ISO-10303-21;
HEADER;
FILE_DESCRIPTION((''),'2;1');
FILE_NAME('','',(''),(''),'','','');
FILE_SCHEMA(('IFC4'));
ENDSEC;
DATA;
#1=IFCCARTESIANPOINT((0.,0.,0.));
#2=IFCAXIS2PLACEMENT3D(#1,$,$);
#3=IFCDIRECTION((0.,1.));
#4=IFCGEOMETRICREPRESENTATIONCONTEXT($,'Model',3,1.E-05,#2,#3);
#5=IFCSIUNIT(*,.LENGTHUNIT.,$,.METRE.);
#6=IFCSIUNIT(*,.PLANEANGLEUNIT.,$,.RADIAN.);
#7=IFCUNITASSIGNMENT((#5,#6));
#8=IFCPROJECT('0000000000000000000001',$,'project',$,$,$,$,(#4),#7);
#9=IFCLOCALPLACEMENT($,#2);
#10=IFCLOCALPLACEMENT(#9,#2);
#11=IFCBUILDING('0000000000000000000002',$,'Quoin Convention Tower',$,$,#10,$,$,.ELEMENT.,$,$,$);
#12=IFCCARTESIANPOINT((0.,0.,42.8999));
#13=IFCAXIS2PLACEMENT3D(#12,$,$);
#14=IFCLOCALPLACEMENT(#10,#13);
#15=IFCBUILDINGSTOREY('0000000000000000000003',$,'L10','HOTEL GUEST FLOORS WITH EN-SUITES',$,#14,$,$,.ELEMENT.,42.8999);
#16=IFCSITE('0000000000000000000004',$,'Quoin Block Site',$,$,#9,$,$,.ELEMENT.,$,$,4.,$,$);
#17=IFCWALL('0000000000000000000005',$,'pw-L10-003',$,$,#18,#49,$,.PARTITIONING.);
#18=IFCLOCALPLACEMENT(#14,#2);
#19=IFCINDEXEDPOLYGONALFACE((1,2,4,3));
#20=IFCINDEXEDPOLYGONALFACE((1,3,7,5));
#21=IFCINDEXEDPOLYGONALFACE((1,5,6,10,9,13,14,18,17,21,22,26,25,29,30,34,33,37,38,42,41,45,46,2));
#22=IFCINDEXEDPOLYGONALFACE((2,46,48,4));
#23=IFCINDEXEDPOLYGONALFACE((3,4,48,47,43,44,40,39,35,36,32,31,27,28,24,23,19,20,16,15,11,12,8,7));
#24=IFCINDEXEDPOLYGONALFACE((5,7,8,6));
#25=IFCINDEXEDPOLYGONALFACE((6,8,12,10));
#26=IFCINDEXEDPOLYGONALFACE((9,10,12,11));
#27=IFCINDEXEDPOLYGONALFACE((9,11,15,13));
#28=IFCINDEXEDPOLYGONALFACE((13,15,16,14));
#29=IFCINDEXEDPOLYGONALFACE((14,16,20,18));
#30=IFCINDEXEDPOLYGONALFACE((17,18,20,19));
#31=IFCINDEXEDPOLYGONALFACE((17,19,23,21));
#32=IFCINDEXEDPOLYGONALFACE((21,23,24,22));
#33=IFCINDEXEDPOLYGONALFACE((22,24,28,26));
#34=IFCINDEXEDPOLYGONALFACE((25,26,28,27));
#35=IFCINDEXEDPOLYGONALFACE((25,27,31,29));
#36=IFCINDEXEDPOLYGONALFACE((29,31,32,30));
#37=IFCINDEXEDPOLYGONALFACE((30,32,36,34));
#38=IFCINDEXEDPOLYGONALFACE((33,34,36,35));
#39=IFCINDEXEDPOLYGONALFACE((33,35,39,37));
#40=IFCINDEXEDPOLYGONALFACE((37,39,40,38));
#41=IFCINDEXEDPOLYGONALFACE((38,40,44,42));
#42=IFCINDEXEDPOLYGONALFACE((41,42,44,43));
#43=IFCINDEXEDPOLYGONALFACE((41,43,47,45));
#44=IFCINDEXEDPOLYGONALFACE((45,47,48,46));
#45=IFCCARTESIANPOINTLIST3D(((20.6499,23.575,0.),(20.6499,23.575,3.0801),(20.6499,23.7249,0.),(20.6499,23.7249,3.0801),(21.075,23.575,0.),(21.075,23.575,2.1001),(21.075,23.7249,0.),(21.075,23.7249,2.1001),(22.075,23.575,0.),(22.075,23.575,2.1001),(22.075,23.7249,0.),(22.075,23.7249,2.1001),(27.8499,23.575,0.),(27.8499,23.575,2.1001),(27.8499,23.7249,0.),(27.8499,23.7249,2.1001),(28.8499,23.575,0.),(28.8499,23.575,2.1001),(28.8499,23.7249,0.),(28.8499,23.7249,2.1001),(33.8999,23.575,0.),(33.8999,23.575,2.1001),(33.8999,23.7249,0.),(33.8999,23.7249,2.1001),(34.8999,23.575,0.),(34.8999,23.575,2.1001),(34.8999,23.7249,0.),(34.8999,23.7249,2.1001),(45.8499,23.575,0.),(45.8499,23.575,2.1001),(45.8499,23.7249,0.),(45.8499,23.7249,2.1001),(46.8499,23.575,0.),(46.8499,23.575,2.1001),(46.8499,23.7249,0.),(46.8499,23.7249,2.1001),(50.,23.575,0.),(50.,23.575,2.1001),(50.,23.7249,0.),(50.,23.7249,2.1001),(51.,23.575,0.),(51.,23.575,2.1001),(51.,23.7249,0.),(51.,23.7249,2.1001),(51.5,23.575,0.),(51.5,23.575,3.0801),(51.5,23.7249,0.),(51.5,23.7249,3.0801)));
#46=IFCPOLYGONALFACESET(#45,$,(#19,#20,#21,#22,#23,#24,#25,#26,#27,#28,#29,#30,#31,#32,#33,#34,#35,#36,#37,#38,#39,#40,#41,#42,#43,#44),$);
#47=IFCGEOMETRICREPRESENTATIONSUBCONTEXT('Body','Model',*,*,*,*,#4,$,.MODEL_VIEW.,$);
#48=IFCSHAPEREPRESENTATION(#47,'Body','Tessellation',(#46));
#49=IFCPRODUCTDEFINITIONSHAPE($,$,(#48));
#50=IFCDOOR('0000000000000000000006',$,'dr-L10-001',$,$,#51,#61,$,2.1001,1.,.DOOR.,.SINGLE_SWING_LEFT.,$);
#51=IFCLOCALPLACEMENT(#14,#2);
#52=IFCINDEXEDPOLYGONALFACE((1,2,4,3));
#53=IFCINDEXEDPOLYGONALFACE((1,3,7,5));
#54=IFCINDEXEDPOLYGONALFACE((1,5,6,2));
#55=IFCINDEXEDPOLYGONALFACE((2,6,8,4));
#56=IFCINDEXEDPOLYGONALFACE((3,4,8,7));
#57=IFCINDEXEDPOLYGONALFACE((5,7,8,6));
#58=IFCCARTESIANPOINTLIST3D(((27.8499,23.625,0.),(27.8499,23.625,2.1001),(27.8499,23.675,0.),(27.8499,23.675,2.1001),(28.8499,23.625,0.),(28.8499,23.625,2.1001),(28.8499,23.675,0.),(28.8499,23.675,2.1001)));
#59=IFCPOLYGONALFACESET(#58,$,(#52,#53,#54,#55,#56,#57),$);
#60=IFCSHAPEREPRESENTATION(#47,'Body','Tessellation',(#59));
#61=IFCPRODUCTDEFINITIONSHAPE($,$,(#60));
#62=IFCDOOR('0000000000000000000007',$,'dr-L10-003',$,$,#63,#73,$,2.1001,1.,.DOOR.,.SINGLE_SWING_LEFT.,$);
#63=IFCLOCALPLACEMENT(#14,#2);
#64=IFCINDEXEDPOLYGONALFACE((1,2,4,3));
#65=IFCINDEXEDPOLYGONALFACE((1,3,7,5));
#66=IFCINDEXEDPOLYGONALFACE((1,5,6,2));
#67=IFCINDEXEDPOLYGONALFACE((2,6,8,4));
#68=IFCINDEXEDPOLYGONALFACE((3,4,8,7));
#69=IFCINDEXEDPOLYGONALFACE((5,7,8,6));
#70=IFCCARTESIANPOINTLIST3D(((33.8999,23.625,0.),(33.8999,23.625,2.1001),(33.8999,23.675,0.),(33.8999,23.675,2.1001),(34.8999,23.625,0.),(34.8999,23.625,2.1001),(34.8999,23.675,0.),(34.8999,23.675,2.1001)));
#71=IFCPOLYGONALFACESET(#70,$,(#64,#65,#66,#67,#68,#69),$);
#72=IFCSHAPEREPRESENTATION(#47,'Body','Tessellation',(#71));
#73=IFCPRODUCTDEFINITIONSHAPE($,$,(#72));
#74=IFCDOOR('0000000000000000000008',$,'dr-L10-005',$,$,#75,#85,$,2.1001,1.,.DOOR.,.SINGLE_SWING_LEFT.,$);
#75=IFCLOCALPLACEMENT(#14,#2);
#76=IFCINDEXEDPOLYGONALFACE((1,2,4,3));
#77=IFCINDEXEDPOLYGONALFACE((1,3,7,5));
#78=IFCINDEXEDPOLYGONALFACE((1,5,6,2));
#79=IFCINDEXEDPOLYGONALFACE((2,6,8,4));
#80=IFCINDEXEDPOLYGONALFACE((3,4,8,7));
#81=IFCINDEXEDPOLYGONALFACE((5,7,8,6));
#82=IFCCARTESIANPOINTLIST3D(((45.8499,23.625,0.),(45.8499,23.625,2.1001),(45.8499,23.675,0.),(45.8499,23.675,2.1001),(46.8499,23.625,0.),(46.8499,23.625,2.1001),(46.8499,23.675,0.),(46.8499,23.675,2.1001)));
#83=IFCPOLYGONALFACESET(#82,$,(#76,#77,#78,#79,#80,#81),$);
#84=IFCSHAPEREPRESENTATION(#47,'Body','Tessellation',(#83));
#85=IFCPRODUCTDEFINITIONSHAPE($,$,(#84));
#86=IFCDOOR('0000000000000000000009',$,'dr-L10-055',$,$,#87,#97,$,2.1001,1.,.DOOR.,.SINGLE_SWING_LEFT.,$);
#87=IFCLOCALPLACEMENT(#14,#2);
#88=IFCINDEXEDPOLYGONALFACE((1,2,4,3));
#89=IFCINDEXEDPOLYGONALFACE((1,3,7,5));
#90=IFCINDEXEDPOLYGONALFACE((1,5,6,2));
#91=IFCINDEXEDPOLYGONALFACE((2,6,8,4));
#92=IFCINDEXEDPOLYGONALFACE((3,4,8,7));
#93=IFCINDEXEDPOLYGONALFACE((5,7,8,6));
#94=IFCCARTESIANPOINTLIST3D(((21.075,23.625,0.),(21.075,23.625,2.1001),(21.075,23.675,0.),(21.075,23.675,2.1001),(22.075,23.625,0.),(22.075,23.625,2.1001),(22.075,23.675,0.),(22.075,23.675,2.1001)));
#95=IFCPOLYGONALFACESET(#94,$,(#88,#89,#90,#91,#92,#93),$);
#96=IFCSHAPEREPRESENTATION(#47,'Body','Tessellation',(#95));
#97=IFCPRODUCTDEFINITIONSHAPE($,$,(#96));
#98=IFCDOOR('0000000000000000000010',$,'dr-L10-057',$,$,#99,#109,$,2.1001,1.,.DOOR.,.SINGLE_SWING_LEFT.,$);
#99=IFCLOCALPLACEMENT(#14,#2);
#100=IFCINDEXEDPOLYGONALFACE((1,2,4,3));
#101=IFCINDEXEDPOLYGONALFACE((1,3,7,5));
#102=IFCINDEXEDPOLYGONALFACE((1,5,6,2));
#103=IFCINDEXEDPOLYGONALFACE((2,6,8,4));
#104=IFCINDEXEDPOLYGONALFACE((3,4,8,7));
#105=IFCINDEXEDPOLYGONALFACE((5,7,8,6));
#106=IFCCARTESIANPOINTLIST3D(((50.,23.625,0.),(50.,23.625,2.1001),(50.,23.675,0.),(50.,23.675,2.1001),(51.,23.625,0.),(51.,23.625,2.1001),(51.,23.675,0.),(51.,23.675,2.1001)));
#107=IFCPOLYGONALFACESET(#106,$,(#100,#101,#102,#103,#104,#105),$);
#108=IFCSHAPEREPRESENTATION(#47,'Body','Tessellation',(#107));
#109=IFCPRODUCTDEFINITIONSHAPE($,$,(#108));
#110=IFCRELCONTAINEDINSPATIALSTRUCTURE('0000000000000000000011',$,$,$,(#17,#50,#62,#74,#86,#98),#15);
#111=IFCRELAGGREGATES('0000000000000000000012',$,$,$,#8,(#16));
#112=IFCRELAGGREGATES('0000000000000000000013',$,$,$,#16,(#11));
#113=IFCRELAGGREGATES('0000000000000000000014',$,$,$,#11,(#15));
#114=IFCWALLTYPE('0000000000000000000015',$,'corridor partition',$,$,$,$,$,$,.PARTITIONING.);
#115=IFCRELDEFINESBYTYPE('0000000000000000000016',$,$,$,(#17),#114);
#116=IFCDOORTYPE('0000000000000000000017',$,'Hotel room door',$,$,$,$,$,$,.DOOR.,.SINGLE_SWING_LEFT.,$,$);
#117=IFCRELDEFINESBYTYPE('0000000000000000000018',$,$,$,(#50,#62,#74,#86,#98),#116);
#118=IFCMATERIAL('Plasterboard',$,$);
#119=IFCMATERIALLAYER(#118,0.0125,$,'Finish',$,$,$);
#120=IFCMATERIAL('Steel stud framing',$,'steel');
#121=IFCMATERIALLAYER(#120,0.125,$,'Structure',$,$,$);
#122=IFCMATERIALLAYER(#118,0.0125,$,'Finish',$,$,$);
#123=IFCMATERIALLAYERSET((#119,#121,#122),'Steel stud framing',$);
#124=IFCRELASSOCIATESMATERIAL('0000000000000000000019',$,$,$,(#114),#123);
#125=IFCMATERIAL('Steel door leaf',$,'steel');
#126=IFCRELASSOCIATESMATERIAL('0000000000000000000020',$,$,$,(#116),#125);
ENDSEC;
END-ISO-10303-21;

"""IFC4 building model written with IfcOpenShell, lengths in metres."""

from ifc_helpers import new_model, si_unit, direction, frame, frame_2d, origin, place, context, subcontext, project, spatial, rectangle, extrude, material, layer, layer_set, type_object, element, fill, save


model = new_model("IFC4")

# Units and contexts
model_context = context("Model", 3, precision=1e-05, world=origin(), true_north=direction((0.0, 1.0)))
body_context = subcontext(model_context, "Body", "Model", "MODEL_VIEW")
ifc_project = project(units=[si_unit("LENGTHUNIT", "METRE"), si_unit("PLANEANGLEUNIT", "RADIAN")], contexts=[model_context])

# Site, building, storey
site_placement = place(None, origin())
site = spatial("IfcSite", under=ifc_project, at=site_placement, Name="Quoin Block Site", CompositionType="ELEMENT", RefElevation=4.0)
building_placement = place(site_placement, origin())
building = spatial("IfcBuilding", under=site, at=building_placement, Name="Quoin Convention Tower", CompositionType="ELEMENT")
storey_placement = place(building_placement, frame((0.0, 0.0, 42.8999)))
storey = spatial("IfcBuildingStorey", under=building, at=storey_placement, Name="L10", Description="HOTEL GUEST FLOORS WITH EN-SUITES", CompositionType="ELEMENT", Elevation=42.8999)

# Shared definitions
ifc_material_1 = material(Name="Steel door leaf", Category="steel")

# Wall, openings, doors
ifc_material_2 = material(Name="Plasterboard")
ifc_layer_1 = layer(ifc_material_2, 0.0125, Name="Finish")
ifc_material_3 = material(Name="Steel stud framing", Category="steel")
ifc_layer_2 = layer(ifc_material_3, 0.125, Name="Structure")
ifc_layer_3 = layer(ifc_material_2, 0.0125, Name="Finish")
ifc_layer_set_1 = layer_set([ifc_layer_1, ifc_layer_2, ifc_layer_3], Name="Steel stud framing")
wall_type_1 = type_object("IfcWallType", Name="corridor partition", PredefinedType="PARTITIONING", material=ifc_layer_set_1)
wall_1_placement = place(storey_placement, frame((20.6499, 23.6499, 0.0), z_axis=(0.0, 0.0, 1.0), x_axis=(1.0, 0.0, 0.0)))
wall_1 = element("IfcWall", 1, at=wall_1_placement, inside=storey, type_object=wall_type_1, Name="pw-L10-003", PredefinedType="PARTITIONING", context=body_context, shape_type="SweptSolid", body=[
    extrude(rectangle(XDim=30.8501, YDim=0.1499, at=frame_2d((15.425, 0.0))), origin(), (0.0, 0.0, 1.0), 3.0801),
])
opening_1_placement = place(wall_1_placement, frame((7.2, 0.0, 0.0)))
opening_1 = element("IfcOpeningElement", 2, at=opening_1_placement, cuts=wall_1, PredefinedType="OPENING", context=body_context, shape_type="SweptSolid", body=[
    extrude(rectangle(XDim=1.0, YDim=2.1001, at=frame_2d((0.5, 1.05))), frame((0.0, 0.085, 0.0), z_axis=(0.0, -1.0, 0.0), x_axis=(1.0, 0.0, 0.0)), (0.0, 0.0, 1.0), 0.1699),
])
opening_2_placement = place(wall_1_placement, frame((13.25, 0.0, 0.0)))
opening_2 = element("IfcOpeningElement", 3, at=opening_2_placement, cuts=wall_1, PredefinedType="OPENING", context=body_context, shape_type="SweptSolid", body=[
    extrude(rectangle(XDim=1.0, YDim=2.1001, at=frame_2d((0.5, 1.05))), frame((0.0, 0.085, 0.0), z_axis=(0.0, -1.0, 0.0), x_axis=(1.0, 0.0, 0.0)), (0.0, 0.0, 1.0), 0.1699),
])
opening_3_placement = place(wall_1_placement, frame((25.2, 0.0, 0.0)))
opening_3 = element("IfcOpeningElement", 4, at=opening_3_placement, cuts=wall_1, PredefinedType="OPENING", context=body_context, shape_type="SweptSolid", body=[
    extrude(rectangle(XDim=1.0, YDim=2.1001, at=frame_2d((0.5, 1.05))), frame((0.0, 0.085, 0.0), z_axis=(0.0, -1.0, 0.0), x_axis=(1.0, 0.0, 0.0)), (0.0, 0.0, 1.0), 0.1699),
])
opening_4_placement = place(wall_1_placement, frame((0.425, 0.0, 0.0)))
opening_4 = element("IfcOpeningElement", 5, at=opening_4_placement, cuts=wall_1, PredefinedType="OPENING", context=body_context, shape_type="SweptSolid", body=[
    extrude(rectangle(XDim=1.0, YDim=2.1001, at=frame_2d((0.5, 1.05))), frame((0.0, 0.085, 0.0), z_axis=(0.0, -1.0, 0.0), x_axis=(1.0, 0.0, 0.0)), (0.0, 0.0, 1.0), 0.1699),
])
opening_5_placement = place(wall_1_placement, frame((29.3501, 0.0, 0.0)))
opening_5 = element("IfcOpeningElement", 6, at=opening_5_placement, cuts=wall_1, PredefinedType="OPENING", context=body_context, shape_type="SweptSolid", body=[
    extrude(rectangle(XDim=1.0, YDim=2.1001, at=frame_2d((0.5, 1.05))), frame((0.0, 0.085, 0.0), z_axis=(0.0, -1.0, 0.0), x_axis=(1.0, 0.0, 0.0)), (0.0, 0.0, 1.0), 0.1699),
])
door_type_1 = type_object("IfcDoorType", Name="Hotel room door", OperationType="SINGLE_SWING_LEFT", PredefinedType="DOOR", material=ifc_material_1)
door_1_placement = place(opening_1_placement, frame((1.0, 0.0, 0.0), z_axis=(0.0, 0.0, 1.0), x_axis=(-1.0, 0.0, 0.0)))
door_1 = element("IfcDoor", 7, at=door_1_placement, inside=storey, type_object=door_type_1, Name="dr-L10-001", OperationType="SINGLE_SWING_LEFT", OverallHeight=2.1001, OverallWidth=1.0, PredefinedType="DOOR", context=body_context, shape_type="SweptSolid", body=[
    extrude(rectangle(XDim=1.0, YDim=2.1001, at=frame_2d((0.5, 1.05))), frame((0.0, 0.0249, 0.0), z_axis=(0.0, -1.0, 0.0), x_axis=(1.0, 0.0, 0.0)), (0.0, 0.0, 1.0), 0.05),
])
fill(opening_1, door_1)
door_2_placement = place(opening_2_placement, frame((1.0, 0.0, 0.0), z_axis=(0.0, 0.0, 1.0), x_axis=(-1.0, 0.0, 0.0)))
door_2 = element("IfcDoor", 8, at=door_2_placement, inside=storey, type_object=door_type_1, Name="dr-L10-003", OperationType="SINGLE_SWING_LEFT", OverallHeight=2.1001, OverallWidth=1.0, PredefinedType="DOOR", context=body_context, shape_type="SweptSolid", body=[
    extrude(rectangle(XDim=1.0, YDim=2.1001, at=frame_2d((0.5, 1.05))), frame((0.0, 0.0249, 0.0), z_axis=(0.0, -1.0, 0.0), x_axis=(1.0, 0.0, 0.0)), (0.0, 0.0, 1.0), 0.05),
])
fill(opening_2, door_2)
door_3_placement = place(opening_3_placement, frame((1.0, 0.0, 0.0), z_axis=(0.0, 0.0, 1.0), x_axis=(-1.0, 0.0, 0.0)))
door_3 = element("IfcDoor", 9, at=door_3_placement, inside=storey, type_object=door_type_1, Name="dr-L10-005", OperationType="SINGLE_SWING_LEFT", OverallHeight=2.1001, OverallWidth=1.0, PredefinedType="DOOR", context=body_context, shape_type="SweptSolid", body=[
    extrude(rectangle(XDim=1.0, YDim=2.1001, at=frame_2d((0.5, 1.05))), frame((0.0, 0.0249, 0.0), z_axis=(0.0, -1.0, 0.0), x_axis=(1.0, 0.0, 0.0)), (0.0, 0.0, 1.0), 0.05),
])
fill(opening_3, door_3)
door_4_placement = place(opening_4_placement, frame((1.0, 0.0, 0.0), z_axis=(0.0, 0.0, 1.0), x_axis=(-1.0, 0.0, 0.0)))
door_4 = element("IfcDoor", 10, at=door_4_placement, inside=storey, type_object=door_type_1, Name="dr-L10-055", OperationType="SINGLE_SWING_LEFT", OverallHeight=2.1001, OverallWidth=1.0, PredefinedType="DOOR", context=body_context, shape_type="SweptSolid", body=[
    extrude(rectangle(XDim=1.0, YDim=2.1001, at=frame_2d((0.5, 1.05))), frame((0.0, 0.0249, 0.0), z_axis=(0.0, -1.0, 0.0), x_axis=(1.0, 0.0, 0.0)), (0.0, 0.0, 1.0), 0.05),
])
fill(opening_4, door_4)
door_5_placement = place(opening_5_placement, frame((1.0, 0.0, 0.0), z_axis=(0.0, 0.0, 1.0), x_axis=(-1.0, 0.0, 0.0)))
door_5 = element("IfcDoor", 11, at=door_5_placement, inside=storey, type_object=door_type_1, Name="dr-L10-057", OperationType="SINGLE_SWING_LEFT", OverallHeight=2.1001, OverallWidth=1.0, PredefinedType="DOOR", context=body_context, shape_type="SweptSolid", body=[
    extrude(rectangle(XDim=1.0, YDim=2.1001, at=frame_2d((0.5, 1.05))), frame((0.0, 0.0249, 0.0), z_axis=(0.0, -1.0, 0.0), x_axis=(1.0, 0.0, 0.0)), (0.0, 0.0, 1.0), 0.05),
])
fill(opening_5, door_5)

save(model, "model.ifc")
